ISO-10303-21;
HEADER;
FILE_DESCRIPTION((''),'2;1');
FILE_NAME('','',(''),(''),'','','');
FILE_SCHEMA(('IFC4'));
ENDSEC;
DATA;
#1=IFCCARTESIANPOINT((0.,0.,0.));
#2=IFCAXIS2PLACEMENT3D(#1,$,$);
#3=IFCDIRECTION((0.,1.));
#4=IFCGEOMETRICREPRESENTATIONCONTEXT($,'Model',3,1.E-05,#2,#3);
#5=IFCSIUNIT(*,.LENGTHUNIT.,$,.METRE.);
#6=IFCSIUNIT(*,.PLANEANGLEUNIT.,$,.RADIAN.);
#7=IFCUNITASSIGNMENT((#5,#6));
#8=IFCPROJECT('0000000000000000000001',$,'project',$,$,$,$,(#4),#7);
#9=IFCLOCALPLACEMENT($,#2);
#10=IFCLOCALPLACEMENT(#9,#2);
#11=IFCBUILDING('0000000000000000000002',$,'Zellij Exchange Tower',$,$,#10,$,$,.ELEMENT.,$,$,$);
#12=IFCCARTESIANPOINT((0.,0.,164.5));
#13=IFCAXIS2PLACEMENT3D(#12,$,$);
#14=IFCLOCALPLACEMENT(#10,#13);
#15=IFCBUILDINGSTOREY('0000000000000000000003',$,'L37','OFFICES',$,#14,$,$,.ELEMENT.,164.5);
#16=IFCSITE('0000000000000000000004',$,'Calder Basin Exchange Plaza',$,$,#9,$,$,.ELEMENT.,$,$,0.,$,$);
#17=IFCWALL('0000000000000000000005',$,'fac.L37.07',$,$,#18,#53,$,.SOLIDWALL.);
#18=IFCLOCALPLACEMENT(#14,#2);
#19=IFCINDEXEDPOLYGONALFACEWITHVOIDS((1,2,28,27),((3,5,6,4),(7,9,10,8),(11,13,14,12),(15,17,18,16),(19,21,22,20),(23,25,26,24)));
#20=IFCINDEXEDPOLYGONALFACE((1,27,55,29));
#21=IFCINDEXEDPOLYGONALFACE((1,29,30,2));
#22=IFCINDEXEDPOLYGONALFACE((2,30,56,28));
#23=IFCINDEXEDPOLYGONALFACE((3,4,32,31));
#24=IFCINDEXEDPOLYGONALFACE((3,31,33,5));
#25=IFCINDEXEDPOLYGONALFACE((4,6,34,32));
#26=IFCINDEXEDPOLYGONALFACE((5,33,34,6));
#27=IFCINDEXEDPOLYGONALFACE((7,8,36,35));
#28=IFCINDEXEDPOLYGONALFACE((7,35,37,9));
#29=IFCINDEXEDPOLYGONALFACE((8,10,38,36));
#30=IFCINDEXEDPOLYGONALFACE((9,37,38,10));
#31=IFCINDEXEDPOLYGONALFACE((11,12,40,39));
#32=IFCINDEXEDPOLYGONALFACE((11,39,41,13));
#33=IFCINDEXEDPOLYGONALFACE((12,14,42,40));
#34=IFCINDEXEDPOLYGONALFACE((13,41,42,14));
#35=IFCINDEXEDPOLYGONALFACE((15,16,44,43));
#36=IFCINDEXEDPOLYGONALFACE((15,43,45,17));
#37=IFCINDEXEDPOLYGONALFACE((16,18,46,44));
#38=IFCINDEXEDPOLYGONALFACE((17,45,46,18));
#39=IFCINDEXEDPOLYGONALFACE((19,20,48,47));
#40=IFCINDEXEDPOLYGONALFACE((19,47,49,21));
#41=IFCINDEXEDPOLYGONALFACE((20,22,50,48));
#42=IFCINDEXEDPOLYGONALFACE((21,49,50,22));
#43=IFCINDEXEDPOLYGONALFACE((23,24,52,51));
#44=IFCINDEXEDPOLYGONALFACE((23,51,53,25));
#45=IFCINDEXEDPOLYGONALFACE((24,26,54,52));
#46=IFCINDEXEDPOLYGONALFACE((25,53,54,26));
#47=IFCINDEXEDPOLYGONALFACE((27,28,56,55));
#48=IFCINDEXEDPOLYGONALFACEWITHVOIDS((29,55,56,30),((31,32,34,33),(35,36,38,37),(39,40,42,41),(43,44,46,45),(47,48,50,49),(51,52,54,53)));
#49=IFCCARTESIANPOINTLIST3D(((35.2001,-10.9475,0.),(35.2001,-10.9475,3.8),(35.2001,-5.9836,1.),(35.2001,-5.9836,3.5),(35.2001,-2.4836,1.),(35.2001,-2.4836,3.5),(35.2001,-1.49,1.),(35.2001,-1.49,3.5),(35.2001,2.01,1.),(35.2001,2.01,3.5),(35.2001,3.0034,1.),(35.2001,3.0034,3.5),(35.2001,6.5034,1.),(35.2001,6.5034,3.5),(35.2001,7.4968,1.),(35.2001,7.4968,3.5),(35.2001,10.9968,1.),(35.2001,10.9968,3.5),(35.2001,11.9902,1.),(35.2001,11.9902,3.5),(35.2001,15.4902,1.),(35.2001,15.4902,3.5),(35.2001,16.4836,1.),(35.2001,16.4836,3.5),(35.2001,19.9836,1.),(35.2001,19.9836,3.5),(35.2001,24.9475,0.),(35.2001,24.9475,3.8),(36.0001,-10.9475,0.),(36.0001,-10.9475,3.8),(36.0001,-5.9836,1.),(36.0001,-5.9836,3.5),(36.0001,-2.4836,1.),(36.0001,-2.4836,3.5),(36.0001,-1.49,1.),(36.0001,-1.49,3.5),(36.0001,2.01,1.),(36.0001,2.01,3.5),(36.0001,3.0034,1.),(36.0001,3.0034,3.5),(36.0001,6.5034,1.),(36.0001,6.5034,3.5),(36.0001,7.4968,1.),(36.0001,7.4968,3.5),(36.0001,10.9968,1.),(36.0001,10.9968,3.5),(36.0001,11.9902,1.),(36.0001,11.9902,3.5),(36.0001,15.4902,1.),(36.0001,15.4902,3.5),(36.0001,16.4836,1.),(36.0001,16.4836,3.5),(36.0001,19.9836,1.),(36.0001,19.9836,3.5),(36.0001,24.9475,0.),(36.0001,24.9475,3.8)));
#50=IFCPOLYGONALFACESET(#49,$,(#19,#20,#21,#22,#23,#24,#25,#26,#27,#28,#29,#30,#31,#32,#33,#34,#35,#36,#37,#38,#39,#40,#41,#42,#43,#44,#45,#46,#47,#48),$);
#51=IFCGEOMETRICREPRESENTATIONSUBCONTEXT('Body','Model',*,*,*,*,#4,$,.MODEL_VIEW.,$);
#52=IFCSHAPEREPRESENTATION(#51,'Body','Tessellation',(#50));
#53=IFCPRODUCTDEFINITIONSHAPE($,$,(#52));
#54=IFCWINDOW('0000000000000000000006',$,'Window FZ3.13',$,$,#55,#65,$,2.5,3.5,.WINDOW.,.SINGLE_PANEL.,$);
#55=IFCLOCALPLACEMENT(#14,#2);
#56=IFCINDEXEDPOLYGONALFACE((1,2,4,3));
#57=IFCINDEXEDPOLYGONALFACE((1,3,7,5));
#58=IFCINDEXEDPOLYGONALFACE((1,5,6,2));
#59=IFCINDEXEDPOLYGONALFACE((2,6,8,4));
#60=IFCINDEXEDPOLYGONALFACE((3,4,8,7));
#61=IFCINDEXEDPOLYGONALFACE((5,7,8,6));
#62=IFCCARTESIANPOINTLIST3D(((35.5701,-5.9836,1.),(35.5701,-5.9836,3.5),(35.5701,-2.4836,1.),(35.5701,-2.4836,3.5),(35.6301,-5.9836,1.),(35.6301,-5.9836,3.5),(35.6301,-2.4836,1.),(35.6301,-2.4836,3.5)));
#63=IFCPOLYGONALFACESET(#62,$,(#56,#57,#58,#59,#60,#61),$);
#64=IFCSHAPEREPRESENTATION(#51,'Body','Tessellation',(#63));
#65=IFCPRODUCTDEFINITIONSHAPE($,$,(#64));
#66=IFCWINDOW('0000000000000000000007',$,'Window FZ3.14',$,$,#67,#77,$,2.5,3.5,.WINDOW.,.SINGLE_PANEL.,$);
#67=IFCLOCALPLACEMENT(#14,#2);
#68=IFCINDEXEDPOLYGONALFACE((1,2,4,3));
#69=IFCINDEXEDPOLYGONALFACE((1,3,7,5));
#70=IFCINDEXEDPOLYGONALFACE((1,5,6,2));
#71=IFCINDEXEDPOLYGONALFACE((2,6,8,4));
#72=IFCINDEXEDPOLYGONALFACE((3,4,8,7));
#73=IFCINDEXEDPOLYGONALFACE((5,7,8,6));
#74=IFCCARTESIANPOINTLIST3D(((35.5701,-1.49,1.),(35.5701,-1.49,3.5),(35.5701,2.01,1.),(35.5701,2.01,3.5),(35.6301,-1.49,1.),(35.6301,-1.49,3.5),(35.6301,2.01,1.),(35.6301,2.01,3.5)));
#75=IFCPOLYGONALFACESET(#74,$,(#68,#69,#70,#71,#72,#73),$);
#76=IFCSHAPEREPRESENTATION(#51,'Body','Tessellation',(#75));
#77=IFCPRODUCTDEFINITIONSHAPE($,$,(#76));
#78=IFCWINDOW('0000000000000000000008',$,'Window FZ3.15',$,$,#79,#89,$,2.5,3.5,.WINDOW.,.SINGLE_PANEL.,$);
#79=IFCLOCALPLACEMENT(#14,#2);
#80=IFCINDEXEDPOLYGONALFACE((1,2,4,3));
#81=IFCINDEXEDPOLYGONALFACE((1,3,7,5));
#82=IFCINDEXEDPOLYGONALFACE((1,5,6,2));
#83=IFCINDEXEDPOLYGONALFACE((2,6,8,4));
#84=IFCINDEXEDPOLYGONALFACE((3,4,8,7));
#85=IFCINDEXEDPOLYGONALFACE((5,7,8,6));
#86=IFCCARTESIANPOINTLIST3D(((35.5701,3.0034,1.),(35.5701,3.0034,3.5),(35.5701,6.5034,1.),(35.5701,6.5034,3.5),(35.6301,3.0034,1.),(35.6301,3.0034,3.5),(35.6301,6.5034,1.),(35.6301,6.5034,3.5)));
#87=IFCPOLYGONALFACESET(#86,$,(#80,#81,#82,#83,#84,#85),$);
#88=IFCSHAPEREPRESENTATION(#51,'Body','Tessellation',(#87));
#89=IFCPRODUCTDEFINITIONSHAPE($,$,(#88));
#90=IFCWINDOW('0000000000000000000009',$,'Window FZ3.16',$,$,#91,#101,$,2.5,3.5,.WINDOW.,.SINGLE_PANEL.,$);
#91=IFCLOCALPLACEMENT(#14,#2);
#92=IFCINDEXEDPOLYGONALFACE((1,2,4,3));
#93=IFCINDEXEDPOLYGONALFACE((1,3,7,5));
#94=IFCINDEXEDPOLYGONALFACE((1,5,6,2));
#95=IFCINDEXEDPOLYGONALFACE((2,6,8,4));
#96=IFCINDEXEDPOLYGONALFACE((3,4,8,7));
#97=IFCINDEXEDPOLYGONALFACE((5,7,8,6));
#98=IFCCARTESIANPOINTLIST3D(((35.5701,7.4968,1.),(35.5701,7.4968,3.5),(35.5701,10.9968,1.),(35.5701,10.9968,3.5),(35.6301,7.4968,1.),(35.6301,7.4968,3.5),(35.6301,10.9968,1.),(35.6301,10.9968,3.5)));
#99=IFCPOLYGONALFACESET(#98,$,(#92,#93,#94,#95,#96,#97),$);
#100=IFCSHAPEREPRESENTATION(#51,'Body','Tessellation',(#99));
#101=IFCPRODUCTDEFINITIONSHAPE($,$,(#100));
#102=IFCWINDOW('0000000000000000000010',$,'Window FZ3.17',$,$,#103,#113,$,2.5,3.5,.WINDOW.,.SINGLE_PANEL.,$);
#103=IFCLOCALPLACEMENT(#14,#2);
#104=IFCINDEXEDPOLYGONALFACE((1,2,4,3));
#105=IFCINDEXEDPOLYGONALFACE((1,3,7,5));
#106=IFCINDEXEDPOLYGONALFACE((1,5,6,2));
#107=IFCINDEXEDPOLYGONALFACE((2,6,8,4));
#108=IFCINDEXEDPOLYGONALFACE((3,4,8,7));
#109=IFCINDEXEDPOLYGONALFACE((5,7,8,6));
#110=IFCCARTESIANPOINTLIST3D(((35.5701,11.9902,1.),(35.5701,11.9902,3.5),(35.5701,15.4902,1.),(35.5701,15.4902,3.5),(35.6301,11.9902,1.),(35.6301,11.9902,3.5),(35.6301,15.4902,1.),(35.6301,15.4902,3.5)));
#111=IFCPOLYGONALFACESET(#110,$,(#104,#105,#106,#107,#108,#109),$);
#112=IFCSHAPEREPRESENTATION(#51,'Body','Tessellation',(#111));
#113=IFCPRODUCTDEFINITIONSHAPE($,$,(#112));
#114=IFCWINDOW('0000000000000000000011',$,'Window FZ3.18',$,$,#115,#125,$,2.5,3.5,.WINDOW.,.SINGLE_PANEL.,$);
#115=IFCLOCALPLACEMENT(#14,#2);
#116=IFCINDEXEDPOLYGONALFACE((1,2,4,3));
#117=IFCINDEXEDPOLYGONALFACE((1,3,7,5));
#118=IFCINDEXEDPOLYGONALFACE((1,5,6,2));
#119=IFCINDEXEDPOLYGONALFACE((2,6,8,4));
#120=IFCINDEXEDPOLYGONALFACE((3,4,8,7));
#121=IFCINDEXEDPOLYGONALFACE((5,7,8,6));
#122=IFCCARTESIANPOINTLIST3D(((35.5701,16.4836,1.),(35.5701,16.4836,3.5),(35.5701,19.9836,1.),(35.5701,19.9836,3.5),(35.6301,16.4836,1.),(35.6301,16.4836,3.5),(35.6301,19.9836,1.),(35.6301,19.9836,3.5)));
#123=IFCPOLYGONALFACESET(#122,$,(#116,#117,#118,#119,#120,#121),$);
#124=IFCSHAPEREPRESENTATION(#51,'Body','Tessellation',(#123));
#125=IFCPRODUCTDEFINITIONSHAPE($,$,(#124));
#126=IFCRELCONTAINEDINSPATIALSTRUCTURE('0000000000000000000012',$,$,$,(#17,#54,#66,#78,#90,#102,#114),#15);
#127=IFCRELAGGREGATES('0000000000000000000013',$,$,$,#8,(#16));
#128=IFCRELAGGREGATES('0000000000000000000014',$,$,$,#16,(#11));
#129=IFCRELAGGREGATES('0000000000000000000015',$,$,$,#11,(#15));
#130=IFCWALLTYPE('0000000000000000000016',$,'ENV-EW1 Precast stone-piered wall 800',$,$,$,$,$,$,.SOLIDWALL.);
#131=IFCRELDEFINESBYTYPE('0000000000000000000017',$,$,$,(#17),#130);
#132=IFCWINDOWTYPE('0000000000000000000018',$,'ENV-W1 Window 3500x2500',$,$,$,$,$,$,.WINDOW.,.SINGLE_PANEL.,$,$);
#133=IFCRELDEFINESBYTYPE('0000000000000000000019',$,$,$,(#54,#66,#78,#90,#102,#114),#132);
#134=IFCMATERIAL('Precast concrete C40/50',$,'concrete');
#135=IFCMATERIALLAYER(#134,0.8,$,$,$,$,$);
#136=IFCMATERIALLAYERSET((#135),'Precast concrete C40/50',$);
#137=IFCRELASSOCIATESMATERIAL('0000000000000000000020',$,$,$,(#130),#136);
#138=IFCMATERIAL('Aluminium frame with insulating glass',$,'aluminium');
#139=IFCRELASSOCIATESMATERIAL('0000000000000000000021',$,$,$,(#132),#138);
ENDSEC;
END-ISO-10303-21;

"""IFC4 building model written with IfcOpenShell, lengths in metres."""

from ifc_helpers import new_model, si_unit, direction, frame, frame_2d, origin, place, context, subcontext, project, spatial, rectangle, extrude, material, layer, layer_set, type_object, element, fill, save


model = new_model("IFC4")

# Units and contexts
model_context = context("Model", 3, precision=1e-05, world=origin(), true_north=direction((0.0, 1.0)))
body_context = subcontext(model_context, "Body", "Model", "MODEL_VIEW")
ifc_project = project(units=[si_unit("LENGTHUNIT", "METRE"), si_unit("PLANEANGLEUNIT", "RADIAN")], contexts=[model_context])

# Site, building, storey
site_placement = place(None, origin())
site = spatial("IfcSite", under=ifc_project, at=site_placement, Name="Calder Basin Exchange Plaza", CompositionType="ELEMENT", RefElevation=0.0)
building_placement = place(site_placement, origin())
building = spatial("IfcBuilding", under=site, at=building_placement, Name="Zellij Exchange Tower", CompositionType="ELEMENT")
storey_placement = place(building_placement, frame((0.0, 0.0, 164.5)))
storey = spatial("IfcBuildingStorey", under=building, at=storey_placement, Name="L37", Description="OFFICES", CompositionType="ELEMENT", Elevation=164.5)

# Wall, openings, windows
ifc_material_1 = material(Name="Precast concrete C40/50", Category="concrete")
ifc_layer_1 = layer(ifc_material_1, 0.8)
ifc_layer_set_1 = layer_set([ifc_layer_1], Name="Precast concrete C40/50")
wall_type_1 = type_object("IfcWallType", Name="ENV-EW1 Precast stone-piered wall 800", PredefinedType="SOLIDWALL", material=ifc_layer_set_1)
wall_1_placement = place(storey_placement, frame((35.6001, -10.9475, 0.0), z_axis=(0.0, 0.0, 1.0), x_axis=(0.0, 1.0, 0.0)))
wall_1 = element("IfcWall", 1, at=wall_1_placement, inside=storey, type_object=wall_type_1, Name="fac.L37.07", PredefinedType="SOLIDWALL", context=body_context, shape_type="SweptSolid", body=[
    extrude(rectangle(XDim=35.895, YDim=0.8, at=frame_2d((17.9475, 0.0))), origin(), (0.0, 0.0, 1.0), 3.8),
])
opening_1_placement = place(wall_1_placement, frame((4.9639, 0.0, 1.0)))
opening_1 = element("IfcOpeningElement", 2, at=opening_1_placement, cuts=wall_1, PredefinedType="OPENING", context=body_context, shape_type="SweptSolid", body=[
    extrude(rectangle(XDim=3.5, YDim=2.5, at=frame_2d((1.75, 1.25))), frame((0.0, 0.4121, 0.0), z_axis=(0.0, -1.0, 0.0), x_axis=(1.0, 0.0, 0.0)), (0.0, 0.0, 1.0), 0.824),
])
opening_2_placement = place(wall_1_placement, frame((9.4575, 0.0, 1.0)))
opening_2 = element("IfcOpeningElement", 3, at=opening_2_placement, cuts=wall_1, PredefinedType="OPENING", context=body_context, shape_type="SweptSolid", body=[
    extrude(rectangle(XDim=3.5, YDim=2.5, at=frame_2d((1.75, 1.25))), frame((0.0, 0.4121, 0.0), z_axis=(0.0, -1.0, 0.0), x_axis=(1.0, 0.0, 0.0)), (0.0, 0.0, 1.0), 0.824),
])
opening_3_placement = place(wall_1_placement, frame((13.9509, 0.0, 1.0)))
opening_3 = element("IfcOpeningElement", 4, at=opening_3_placement, cuts=wall_1, PredefinedType="OPENING", context=body_context, shape_type="SweptSolid", body=[
    extrude(rectangle(XDim=3.5, YDim=2.5, at=frame_2d((1.75, 1.25))), frame((0.0, 0.4121, 0.0), z_axis=(0.0, -1.0, 0.0), x_axis=(1.0, 0.0, 0.0)), (0.0, 0.0, 1.0), 0.824),
])
opening_4_placement = place(wall_1_placement, frame((18.4443, 0.0, 1.0)))
opening_4 = element("IfcOpeningElement", 5, at=opening_4_placement, cuts=wall_1, PredefinedType="OPENING", context=body_context, shape_type="SweptSolid", body=[
    extrude(rectangle(XDim=3.5, YDim=2.5, at=frame_2d((1.75, 1.25))), frame((0.0, 0.4121, 0.0), z_axis=(0.0, -1.0, 0.0), x_axis=(1.0, 0.0, 0.0)), (0.0, 0.0, 1.0), 0.824),
])
opening_5_placement = place(wall_1_placement, frame((22.9377, 0.0, 1.0)))
opening_5 = element("IfcOpeningElement", 6, at=opening_5_placement, cuts=wall_1, PredefinedType="OPENING", context=body_context, shape_type="SweptSolid", body=[
    extrude(rectangle(XDim=3.5, YDim=2.5, at=frame_2d((1.75, 1.25))), frame((0.0, 0.4121, 0.0), z_axis=(0.0, -1.0, 0.0), x_axis=(1.0, 0.0, 0.0)), (0.0, 0.0, 1.0), 0.824),
])
opening_6_placement = place(wall_1_placement, frame((27.4312, 0.0, 1.0)))
opening_6 = element("IfcOpeningElement", 7, at=opening_6_placement, cuts=wall_1, PredefinedType="OPENING", context=body_context, shape_type="SweptSolid", body=[
    extrude(rectangle(XDim=3.5, YDim=2.5, at=frame_2d((1.75, 1.25))), frame((0.0, 0.4121, 0.0), z_axis=(0.0, -1.0, 0.0), x_axis=(1.0, 0.0, 0.0)), (0.0, 0.0, 1.0), 0.824),
])
ifc_material_2 = material(Name="Aluminium frame with insulating glass", Category="aluminium")
window_type = type_object("IfcWindowType", Name="ENV-W1 Window 3500x2500", PartitioningType="SINGLE_PANEL", PredefinedType="WINDOW", material=ifc_material_2)
window_1_placement = place(opening_1_placement, origin())
window_1 = element("IfcWindow", 8, at=window_1_placement, inside=storey, type_object=window_type, Name="Window FZ3.13", OverallHeight=2.5, OverallWidth=3.5, PartitioningType="SINGLE_PANEL", PredefinedType="WINDOW", context=body_context, shape_type="SweptSolid", body=[
    extrude(rectangle(XDim=3.5, YDim=2.5, at=frame_2d((1.75, 1.25))), frame((0.0, 0.03, 0.0), z_axis=(0.0, -1.0, 0.0), x_axis=(1.0, 0.0, 0.0)), (0.0, 0.0, 1.0), 0.0601),
])
fill(opening_1, window_1)
window_2_placement = place(opening_2_placement, origin())
window_2 = element("IfcWindow", 9, at=window_2_placement, inside=storey, type_object=window_type, Name="Window FZ3.14", OverallHeight=2.5, OverallWidth=3.5, PartitioningType="SINGLE_PANEL", PredefinedType="WINDOW", context=body_context, shape_type="SweptSolid", body=[
    extrude(rectangle(XDim=3.5, YDim=2.5, at=frame_2d((1.75, 1.25))), frame((0.0, 0.03, 0.0), z_axis=(0.0, -1.0, 0.0), x_axis=(1.0, 0.0, 0.0)), (0.0, 0.0, 1.0), 0.0601),
])
fill(opening_2, window_2)
window_3_placement = place(opening_3_placement, origin())
window_3 = element("IfcWindow", 10, at=window_3_placement, inside=storey, type_object=window_type, Name="Window FZ3.15", OverallHeight=2.5, OverallWidth=3.5, PartitioningType="SINGLE_PANEL", PredefinedType="WINDOW", context=body_context, shape_type="SweptSolid", body=[
    extrude(rectangle(XDim=3.5, YDim=2.5, at=frame_2d((1.75, 1.25))), frame((0.0, 0.03, 0.0), z_axis=(0.0, -1.0, 0.0), x_axis=(1.0, 0.0, 0.0)), (0.0, 0.0, 1.0), 0.0601),
])
fill(opening_3, window_3)
window_4_placement = place(opening_4_placement, origin())
window_4 = element("IfcWindow", 11, at=window_4_placement, inside=storey, type_object=window_type, Name="Window FZ3.16", OverallHeight=2.5, OverallWidth=3.5, PartitioningType="SINGLE_PANEL", PredefinedType="WINDOW", context=body_context, shape_type="SweptSolid", body=[
    extrude(rectangle(XDim=3.5, YDim=2.5, at=frame_2d((1.75, 1.25))), frame((0.0, 0.03, 0.0), z_axis=(0.0, -1.0, 0.0), x_axis=(1.0, 0.0, 0.0)), (0.0, 0.0, 1.0), 0.0601),
])
fill(opening_4, window_4)
window_5_placement = place(opening_5_placement, origin())
window_5 = element("IfcWindow", 12, at=window_5_placement, inside=storey, type_object=window_type, Name="Window FZ3.17", OverallHeight=2.5, OverallWidth=3.5, PartitioningType="SINGLE_PANEL", PredefinedType="WINDOW", context=body_context, shape_type="SweptSolid", body=[
    extrude(rectangle(XDim=3.5, YDim=2.5, at=frame_2d((1.75, 1.25))), frame((0.0, 0.03, 0.0), z_axis=(0.0, -1.0, 0.0), x_axis=(1.0, 0.0, 0.0)), (0.0, 0.0, 1.0), 0.0601),
])
fill(opening_5, window_5)
window_6_placement = place(opening_6_placement, origin())
window_6 = element("IfcWindow", 13, at=window_6_placement, inside=storey, type_object=window_type, Name="Window FZ3.18", OverallHeight=2.5, OverallWidth=3.5, PartitioningType="SINGLE_PANEL", PredefinedType="WINDOW", context=body_context, shape_type="SweptSolid", body=[
    extrude(rectangle(XDim=3.5, YDim=2.5, at=frame_2d((1.75, 1.25))), frame((0.0, 0.03, 0.0), z_axis=(0.0, -1.0, 0.0), x_axis=(1.0, 0.0, 0.0)), (0.0, 0.0, 1.0), 0.0601),
])
fill(opening_6, window_6)

save(model, "model.ifc")
